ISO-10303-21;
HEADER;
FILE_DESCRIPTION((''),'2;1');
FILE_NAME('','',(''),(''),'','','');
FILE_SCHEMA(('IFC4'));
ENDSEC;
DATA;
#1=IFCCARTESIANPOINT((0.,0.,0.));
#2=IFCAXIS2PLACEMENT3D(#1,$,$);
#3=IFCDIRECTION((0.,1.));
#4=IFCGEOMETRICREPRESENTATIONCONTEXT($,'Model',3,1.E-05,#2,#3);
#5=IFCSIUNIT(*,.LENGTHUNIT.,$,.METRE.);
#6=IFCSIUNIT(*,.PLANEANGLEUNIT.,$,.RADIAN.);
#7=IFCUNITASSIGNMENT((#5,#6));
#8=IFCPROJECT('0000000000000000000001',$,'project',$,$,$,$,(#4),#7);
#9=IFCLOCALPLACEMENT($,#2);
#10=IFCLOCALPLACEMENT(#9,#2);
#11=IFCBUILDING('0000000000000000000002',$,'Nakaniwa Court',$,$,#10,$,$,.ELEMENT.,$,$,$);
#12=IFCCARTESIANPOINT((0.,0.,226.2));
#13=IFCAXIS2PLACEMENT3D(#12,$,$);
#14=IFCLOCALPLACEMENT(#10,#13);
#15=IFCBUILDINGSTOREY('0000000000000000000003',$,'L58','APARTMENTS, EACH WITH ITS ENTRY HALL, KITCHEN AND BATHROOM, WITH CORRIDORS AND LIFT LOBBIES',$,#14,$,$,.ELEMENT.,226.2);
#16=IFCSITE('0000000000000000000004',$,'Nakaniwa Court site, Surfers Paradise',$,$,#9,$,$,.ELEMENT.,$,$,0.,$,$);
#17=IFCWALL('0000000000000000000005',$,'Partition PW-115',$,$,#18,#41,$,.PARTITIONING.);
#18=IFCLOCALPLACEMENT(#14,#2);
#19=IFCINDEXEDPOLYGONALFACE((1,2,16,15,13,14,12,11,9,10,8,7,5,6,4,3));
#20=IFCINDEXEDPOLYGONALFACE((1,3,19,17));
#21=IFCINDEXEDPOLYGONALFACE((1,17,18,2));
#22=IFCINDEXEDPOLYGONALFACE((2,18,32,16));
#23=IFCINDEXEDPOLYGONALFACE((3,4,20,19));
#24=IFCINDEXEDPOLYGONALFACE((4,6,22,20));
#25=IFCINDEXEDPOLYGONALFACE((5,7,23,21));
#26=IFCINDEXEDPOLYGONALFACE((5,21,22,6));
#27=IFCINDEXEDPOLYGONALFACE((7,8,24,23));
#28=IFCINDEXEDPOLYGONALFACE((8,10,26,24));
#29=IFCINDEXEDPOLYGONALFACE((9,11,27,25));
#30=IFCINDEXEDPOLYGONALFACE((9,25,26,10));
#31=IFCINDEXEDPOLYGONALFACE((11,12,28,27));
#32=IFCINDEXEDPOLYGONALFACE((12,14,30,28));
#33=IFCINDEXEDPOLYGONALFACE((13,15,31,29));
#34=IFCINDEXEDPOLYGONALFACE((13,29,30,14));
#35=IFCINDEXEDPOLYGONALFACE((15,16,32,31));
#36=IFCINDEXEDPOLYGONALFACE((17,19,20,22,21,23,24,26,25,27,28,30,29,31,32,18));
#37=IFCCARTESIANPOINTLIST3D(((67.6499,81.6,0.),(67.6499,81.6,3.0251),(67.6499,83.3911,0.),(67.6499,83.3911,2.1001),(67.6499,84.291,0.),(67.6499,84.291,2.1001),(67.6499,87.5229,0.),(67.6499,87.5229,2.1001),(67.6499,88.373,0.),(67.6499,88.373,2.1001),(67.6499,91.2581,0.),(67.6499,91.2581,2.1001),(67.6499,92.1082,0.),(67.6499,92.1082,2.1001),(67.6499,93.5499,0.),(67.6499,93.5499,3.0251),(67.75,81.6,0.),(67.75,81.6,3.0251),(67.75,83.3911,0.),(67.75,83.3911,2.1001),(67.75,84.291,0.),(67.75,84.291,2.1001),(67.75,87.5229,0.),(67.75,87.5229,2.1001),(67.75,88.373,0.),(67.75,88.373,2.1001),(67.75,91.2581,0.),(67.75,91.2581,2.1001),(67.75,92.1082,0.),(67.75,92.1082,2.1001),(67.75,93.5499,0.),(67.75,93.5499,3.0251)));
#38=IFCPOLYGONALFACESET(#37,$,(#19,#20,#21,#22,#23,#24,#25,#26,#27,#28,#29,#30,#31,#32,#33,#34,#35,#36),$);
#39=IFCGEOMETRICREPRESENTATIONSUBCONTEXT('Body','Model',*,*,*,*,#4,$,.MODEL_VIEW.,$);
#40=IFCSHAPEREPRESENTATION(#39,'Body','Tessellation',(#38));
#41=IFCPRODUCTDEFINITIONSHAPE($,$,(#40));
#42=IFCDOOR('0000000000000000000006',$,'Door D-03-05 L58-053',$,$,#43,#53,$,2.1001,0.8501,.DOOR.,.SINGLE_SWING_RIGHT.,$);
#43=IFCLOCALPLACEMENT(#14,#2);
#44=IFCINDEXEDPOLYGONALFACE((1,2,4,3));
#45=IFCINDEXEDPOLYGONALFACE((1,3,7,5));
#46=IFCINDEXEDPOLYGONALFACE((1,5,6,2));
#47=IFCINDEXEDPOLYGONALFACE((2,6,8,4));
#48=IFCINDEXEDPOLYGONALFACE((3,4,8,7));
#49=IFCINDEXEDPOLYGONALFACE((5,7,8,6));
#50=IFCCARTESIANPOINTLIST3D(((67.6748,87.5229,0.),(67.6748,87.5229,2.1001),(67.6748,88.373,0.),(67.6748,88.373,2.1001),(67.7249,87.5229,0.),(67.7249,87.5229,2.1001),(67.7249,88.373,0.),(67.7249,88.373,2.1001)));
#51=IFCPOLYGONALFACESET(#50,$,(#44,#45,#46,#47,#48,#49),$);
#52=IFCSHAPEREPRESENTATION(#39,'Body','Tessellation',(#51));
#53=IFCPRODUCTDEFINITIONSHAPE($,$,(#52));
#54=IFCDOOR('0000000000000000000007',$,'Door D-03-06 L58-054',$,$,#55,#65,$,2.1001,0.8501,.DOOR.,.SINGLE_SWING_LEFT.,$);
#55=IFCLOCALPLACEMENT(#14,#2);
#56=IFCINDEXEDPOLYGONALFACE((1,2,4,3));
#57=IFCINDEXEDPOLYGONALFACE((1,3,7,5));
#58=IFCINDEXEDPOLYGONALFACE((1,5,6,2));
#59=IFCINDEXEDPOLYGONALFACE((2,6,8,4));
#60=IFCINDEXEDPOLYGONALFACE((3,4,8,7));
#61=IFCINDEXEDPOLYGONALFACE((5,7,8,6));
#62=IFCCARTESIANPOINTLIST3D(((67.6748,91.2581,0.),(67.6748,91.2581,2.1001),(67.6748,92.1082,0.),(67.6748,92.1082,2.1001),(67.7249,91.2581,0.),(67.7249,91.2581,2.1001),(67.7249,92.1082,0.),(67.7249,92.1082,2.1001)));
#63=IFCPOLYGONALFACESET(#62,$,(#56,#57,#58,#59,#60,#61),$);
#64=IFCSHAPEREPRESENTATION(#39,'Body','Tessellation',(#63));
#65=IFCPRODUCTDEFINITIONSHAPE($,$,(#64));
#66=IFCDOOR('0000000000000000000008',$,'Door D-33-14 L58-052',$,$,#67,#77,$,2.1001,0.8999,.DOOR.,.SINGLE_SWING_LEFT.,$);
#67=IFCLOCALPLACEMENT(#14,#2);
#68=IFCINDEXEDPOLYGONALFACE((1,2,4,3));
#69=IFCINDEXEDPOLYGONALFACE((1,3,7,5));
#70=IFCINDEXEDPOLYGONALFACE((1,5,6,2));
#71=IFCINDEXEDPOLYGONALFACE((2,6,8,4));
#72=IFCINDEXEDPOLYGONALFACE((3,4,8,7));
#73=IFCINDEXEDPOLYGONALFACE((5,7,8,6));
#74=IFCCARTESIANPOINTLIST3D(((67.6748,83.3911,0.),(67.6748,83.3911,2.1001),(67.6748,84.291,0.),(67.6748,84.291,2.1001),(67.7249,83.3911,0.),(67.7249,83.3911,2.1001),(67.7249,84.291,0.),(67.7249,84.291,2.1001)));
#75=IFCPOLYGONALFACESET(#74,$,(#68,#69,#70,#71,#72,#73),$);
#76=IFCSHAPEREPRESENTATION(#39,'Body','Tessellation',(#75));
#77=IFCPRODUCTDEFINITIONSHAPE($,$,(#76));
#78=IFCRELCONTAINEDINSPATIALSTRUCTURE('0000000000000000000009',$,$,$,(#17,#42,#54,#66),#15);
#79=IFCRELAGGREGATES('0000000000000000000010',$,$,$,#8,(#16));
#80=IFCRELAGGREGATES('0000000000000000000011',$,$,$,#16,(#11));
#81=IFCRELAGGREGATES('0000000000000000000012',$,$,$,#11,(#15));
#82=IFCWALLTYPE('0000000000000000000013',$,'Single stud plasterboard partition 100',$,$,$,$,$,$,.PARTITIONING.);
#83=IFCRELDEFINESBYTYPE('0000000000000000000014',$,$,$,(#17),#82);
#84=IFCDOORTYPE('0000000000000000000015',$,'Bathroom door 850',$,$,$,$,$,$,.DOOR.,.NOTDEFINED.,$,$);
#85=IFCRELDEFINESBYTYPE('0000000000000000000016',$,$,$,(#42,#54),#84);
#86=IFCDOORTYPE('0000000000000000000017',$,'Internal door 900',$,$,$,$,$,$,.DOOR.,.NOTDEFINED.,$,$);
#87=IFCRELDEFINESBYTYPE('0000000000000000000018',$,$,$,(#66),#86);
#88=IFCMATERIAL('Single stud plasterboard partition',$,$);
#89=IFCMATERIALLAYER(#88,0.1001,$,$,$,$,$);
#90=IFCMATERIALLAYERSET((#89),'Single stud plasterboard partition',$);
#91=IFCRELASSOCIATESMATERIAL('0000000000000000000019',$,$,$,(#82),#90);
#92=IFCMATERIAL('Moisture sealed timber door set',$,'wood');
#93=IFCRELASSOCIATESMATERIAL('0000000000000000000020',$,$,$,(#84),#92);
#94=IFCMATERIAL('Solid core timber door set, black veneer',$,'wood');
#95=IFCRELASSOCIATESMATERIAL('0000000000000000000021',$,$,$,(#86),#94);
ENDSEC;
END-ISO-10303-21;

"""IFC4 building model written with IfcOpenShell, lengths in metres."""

from ifc_helpers import new_model, si_unit, direction, frame, frame_2d, origin, place, context, subcontext, project, spatial, rectangle, extrude, material, layer, layer_set, type_object, element, fill, save


model = new_model("IFC4")

# Units and contexts
model_context = context("Model", 3, precision=1e-05, world=origin(), true_north=direction((0.0, 1.0)))
body_context = subcontext(model_context, "Body", "Model", "MODEL_VIEW")
ifc_project = project(units=[si_unit("LENGTHUNIT", "METRE"), si_unit("PLANEANGLEUNIT", "RADIAN")], contexts=[model_context])

# Site, building, storey
site_placement = place(None, origin())
site = spatial("IfcSite", under=ifc_project, at=site_placement, Name="Nakaniwa Court site, Surfers Paradise", CompositionType="ELEMENT", RefElevation=0.0)
building_placement = place(site_placement, origin())
building = spatial("IfcBuilding", under=site, at=building_placement, Name="Nakaniwa Court", CompositionType="ELEMENT")
storey_placement = place(building_placement, frame((0.0, 0.0, 226.2)))
storey = spatial("IfcBuildingStorey", under=building, at=storey_placement, Name="L58", Description="APARTMENTS, EACH WITH ITS ENTRY HALL, KITCHEN AND BATHROOM, WITH CORRIDORS AND LIFT LOBBIES", CompositionType="ELEMENT", Elevation=226.2)

# Wall, openings, doors
ifc_material_1 = material(Name="Single stud plasterboard partition")
ifc_layer_1 = layer(ifc_material_1, 0.1001)
ifc_layer_set_1 = layer_set([ifc_layer_1], Name="Single stud plasterboard partition")
wall_type_1 = type_object("IfcWallType", Name="Single stud plasterboard partition 100", PredefinedType="PARTITIONING", material=ifc_layer_set_1)
wall_1_placement = place(storey_placement, frame((67.7, 93.55, 0.0), z_axis=(0.0, 0.0, 1.0), x_axis=(0.0, -1.0, 0.0)))
wall_1 = element("IfcWall", 1, at=wall_1_placement, inside=storey, type_object=wall_type_1, Name="Partition PW-115", PredefinedType="PARTITIONING", context=body_context, shape_type="SweptSolid", body=[
    extrude(rectangle(XDim=11.95, YDim=0.1001, at=frame_2d((5.9751, 0.0))), origin(), (0.0, 0.0, 1.0), 3.0251),
])
opening_1_placement = place(wall_1_placement, frame((9.259, 0.0, 0.0)))
opening_1 = element("IfcOpeningElement", 2, at=opening_1_placement, cuts=wall_1, PredefinedType="OPENING", context=body_context, shape_type="SweptSolid", body=[
    extrude(rectangle(XDim=0.8999, YDim=2.1001, at=frame_2d((0.45, 1.05))), frame((0.0, 0.0601, 0.0), z_axis=(0.0, -1.0, 0.0), x_axis=(1.0, 0.0, 0.0)), (0.0, 0.0, 1.0), 0.1201),
])
opening_2_placement = place(wall_1_placement, frame((5.177, 0.0, 0.0)))
opening_2 = element("IfcOpeningElement", 3, at=opening_2_placement, cuts=wall_1, PredefinedType="OPENING", context=body_context, shape_type="SweptSolid", body=[
    extrude(rectangle(XDim=0.8501, YDim=2.1001, at=frame_2d((0.425, 1.05))), frame((0.0, 0.0601, 0.0), z_axis=(0.0, -1.0, 0.0), x_axis=(1.0, 0.0, 0.0)), (0.0, 0.0, 1.0), 0.1201),
])
opening_3_placement = place(wall_1_placement, frame((1.4419, 0.0, 0.0)))
opening_3 = element("IfcOpeningElement", 4, at=opening_3_placement, cuts=wall_1, PredefinedType="OPENING", context=body_context, shape_type="SweptSolid", body=[
    extrude(rectangle(XDim=0.8501, YDim=2.1001, at=frame_2d((0.425, 1.05))), frame((0.0, 0.0601, 0.0), z_axis=(0.0, -1.0, 0.0), x_axis=(1.0, 0.0, 0.0)), (0.0, 0.0, 1.0), 0.1201),
])
ifc_material_2 = material(Name="Moisture sealed timber door set", Category="wood")
door_type_1 = type_object("IfcDoorType", Name="Bathroom door 850", OperationType="NOTDEFINED", PredefinedType="DOOR", material=ifc_material_2)
door_1_placement = place(opening_2_placement, origin())
door_1 = element("IfcDoor", 5, at=door_1_placement, inside=storey, type_object=door_type_1, Name="Door D-03-05 L58-053", OperationType="SINGLE_SWING_RIGHT", OverallHeight=2.1001, OverallWidth=0.8501, PredefinedType="DOOR", context=body_context, shape_type="SweptSolid", body=[
    extrude(rectangle(XDim=0.8501, YDim=2.1001, at=frame_2d((0.425, 1.05))), frame((0.0, 0.0249, 0.0), z_axis=(0.0, -1.0, 0.0), x_axis=(1.0, 0.0, 0.0)), (0.0, 0.0, 1.0), 0.05),
])
fill(opening_2, door_1)
door_2_placement = place(opening_3_placement, origin())
door_2 = element("IfcDoor", 6, at=door_2_placement, inside=storey, type_object=door_type_1, Name="Door D-03-06 L58-054", OperationType="SINGLE_SWING_LEFT", OverallHeight=2.1001, OverallWidth=0.8501, PredefinedType="DOOR", context=body_context, shape_type="SweptSolid", body=[
    extrude(rectangle(XDim=0.8501, YDim=2.1001, at=frame_2d((0.425, 1.05))), frame((0.0, 0.0249, 0.0), z_axis=(0.0, -1.0, 0.0), x_axis=(1.0, 0.0, 0.0)), (0.0, 0.0, 1.0), 0.05),
])
fill(opening_3, door_2)
ifc_material_3 = material(Name="Solid core timber door set, black veneer", Category="wood")
door_type_2 = type_object("IfcDoorType", Name="Internal door 900", OperationType="NOTDEFINED", PredefinedType="DOOR", material=ifc_material_3)
door_3_placement = place(opening_1_placement, origin())
door_3 = element("IfcDoor", 7, at=door_3_placement, inside=storey, type_object=door_type_2, Name="Door D-33-14 L58-052", OperationType="SINGLE_SWING_LEFT", OverallHeight=2.1001, OverallWidth=0.8999, PredefinedType="DOOR", context=body_context, shape_type="SweptSolid", body=[
    extrude(rectangle(XDim=0.8999, YDim=2.1001, at=frame_2d((0.45, 1.05))), frame((0.0, 0.0249, 0.0), z_axis=(0.0, -1.0, 0.0), x_axis=(1.0, 0.0, 0.0)), (0.0, 0.0, 1.0), 0.05),
])
fill(opening_1, door_3)

save(model, "model.ifc")
